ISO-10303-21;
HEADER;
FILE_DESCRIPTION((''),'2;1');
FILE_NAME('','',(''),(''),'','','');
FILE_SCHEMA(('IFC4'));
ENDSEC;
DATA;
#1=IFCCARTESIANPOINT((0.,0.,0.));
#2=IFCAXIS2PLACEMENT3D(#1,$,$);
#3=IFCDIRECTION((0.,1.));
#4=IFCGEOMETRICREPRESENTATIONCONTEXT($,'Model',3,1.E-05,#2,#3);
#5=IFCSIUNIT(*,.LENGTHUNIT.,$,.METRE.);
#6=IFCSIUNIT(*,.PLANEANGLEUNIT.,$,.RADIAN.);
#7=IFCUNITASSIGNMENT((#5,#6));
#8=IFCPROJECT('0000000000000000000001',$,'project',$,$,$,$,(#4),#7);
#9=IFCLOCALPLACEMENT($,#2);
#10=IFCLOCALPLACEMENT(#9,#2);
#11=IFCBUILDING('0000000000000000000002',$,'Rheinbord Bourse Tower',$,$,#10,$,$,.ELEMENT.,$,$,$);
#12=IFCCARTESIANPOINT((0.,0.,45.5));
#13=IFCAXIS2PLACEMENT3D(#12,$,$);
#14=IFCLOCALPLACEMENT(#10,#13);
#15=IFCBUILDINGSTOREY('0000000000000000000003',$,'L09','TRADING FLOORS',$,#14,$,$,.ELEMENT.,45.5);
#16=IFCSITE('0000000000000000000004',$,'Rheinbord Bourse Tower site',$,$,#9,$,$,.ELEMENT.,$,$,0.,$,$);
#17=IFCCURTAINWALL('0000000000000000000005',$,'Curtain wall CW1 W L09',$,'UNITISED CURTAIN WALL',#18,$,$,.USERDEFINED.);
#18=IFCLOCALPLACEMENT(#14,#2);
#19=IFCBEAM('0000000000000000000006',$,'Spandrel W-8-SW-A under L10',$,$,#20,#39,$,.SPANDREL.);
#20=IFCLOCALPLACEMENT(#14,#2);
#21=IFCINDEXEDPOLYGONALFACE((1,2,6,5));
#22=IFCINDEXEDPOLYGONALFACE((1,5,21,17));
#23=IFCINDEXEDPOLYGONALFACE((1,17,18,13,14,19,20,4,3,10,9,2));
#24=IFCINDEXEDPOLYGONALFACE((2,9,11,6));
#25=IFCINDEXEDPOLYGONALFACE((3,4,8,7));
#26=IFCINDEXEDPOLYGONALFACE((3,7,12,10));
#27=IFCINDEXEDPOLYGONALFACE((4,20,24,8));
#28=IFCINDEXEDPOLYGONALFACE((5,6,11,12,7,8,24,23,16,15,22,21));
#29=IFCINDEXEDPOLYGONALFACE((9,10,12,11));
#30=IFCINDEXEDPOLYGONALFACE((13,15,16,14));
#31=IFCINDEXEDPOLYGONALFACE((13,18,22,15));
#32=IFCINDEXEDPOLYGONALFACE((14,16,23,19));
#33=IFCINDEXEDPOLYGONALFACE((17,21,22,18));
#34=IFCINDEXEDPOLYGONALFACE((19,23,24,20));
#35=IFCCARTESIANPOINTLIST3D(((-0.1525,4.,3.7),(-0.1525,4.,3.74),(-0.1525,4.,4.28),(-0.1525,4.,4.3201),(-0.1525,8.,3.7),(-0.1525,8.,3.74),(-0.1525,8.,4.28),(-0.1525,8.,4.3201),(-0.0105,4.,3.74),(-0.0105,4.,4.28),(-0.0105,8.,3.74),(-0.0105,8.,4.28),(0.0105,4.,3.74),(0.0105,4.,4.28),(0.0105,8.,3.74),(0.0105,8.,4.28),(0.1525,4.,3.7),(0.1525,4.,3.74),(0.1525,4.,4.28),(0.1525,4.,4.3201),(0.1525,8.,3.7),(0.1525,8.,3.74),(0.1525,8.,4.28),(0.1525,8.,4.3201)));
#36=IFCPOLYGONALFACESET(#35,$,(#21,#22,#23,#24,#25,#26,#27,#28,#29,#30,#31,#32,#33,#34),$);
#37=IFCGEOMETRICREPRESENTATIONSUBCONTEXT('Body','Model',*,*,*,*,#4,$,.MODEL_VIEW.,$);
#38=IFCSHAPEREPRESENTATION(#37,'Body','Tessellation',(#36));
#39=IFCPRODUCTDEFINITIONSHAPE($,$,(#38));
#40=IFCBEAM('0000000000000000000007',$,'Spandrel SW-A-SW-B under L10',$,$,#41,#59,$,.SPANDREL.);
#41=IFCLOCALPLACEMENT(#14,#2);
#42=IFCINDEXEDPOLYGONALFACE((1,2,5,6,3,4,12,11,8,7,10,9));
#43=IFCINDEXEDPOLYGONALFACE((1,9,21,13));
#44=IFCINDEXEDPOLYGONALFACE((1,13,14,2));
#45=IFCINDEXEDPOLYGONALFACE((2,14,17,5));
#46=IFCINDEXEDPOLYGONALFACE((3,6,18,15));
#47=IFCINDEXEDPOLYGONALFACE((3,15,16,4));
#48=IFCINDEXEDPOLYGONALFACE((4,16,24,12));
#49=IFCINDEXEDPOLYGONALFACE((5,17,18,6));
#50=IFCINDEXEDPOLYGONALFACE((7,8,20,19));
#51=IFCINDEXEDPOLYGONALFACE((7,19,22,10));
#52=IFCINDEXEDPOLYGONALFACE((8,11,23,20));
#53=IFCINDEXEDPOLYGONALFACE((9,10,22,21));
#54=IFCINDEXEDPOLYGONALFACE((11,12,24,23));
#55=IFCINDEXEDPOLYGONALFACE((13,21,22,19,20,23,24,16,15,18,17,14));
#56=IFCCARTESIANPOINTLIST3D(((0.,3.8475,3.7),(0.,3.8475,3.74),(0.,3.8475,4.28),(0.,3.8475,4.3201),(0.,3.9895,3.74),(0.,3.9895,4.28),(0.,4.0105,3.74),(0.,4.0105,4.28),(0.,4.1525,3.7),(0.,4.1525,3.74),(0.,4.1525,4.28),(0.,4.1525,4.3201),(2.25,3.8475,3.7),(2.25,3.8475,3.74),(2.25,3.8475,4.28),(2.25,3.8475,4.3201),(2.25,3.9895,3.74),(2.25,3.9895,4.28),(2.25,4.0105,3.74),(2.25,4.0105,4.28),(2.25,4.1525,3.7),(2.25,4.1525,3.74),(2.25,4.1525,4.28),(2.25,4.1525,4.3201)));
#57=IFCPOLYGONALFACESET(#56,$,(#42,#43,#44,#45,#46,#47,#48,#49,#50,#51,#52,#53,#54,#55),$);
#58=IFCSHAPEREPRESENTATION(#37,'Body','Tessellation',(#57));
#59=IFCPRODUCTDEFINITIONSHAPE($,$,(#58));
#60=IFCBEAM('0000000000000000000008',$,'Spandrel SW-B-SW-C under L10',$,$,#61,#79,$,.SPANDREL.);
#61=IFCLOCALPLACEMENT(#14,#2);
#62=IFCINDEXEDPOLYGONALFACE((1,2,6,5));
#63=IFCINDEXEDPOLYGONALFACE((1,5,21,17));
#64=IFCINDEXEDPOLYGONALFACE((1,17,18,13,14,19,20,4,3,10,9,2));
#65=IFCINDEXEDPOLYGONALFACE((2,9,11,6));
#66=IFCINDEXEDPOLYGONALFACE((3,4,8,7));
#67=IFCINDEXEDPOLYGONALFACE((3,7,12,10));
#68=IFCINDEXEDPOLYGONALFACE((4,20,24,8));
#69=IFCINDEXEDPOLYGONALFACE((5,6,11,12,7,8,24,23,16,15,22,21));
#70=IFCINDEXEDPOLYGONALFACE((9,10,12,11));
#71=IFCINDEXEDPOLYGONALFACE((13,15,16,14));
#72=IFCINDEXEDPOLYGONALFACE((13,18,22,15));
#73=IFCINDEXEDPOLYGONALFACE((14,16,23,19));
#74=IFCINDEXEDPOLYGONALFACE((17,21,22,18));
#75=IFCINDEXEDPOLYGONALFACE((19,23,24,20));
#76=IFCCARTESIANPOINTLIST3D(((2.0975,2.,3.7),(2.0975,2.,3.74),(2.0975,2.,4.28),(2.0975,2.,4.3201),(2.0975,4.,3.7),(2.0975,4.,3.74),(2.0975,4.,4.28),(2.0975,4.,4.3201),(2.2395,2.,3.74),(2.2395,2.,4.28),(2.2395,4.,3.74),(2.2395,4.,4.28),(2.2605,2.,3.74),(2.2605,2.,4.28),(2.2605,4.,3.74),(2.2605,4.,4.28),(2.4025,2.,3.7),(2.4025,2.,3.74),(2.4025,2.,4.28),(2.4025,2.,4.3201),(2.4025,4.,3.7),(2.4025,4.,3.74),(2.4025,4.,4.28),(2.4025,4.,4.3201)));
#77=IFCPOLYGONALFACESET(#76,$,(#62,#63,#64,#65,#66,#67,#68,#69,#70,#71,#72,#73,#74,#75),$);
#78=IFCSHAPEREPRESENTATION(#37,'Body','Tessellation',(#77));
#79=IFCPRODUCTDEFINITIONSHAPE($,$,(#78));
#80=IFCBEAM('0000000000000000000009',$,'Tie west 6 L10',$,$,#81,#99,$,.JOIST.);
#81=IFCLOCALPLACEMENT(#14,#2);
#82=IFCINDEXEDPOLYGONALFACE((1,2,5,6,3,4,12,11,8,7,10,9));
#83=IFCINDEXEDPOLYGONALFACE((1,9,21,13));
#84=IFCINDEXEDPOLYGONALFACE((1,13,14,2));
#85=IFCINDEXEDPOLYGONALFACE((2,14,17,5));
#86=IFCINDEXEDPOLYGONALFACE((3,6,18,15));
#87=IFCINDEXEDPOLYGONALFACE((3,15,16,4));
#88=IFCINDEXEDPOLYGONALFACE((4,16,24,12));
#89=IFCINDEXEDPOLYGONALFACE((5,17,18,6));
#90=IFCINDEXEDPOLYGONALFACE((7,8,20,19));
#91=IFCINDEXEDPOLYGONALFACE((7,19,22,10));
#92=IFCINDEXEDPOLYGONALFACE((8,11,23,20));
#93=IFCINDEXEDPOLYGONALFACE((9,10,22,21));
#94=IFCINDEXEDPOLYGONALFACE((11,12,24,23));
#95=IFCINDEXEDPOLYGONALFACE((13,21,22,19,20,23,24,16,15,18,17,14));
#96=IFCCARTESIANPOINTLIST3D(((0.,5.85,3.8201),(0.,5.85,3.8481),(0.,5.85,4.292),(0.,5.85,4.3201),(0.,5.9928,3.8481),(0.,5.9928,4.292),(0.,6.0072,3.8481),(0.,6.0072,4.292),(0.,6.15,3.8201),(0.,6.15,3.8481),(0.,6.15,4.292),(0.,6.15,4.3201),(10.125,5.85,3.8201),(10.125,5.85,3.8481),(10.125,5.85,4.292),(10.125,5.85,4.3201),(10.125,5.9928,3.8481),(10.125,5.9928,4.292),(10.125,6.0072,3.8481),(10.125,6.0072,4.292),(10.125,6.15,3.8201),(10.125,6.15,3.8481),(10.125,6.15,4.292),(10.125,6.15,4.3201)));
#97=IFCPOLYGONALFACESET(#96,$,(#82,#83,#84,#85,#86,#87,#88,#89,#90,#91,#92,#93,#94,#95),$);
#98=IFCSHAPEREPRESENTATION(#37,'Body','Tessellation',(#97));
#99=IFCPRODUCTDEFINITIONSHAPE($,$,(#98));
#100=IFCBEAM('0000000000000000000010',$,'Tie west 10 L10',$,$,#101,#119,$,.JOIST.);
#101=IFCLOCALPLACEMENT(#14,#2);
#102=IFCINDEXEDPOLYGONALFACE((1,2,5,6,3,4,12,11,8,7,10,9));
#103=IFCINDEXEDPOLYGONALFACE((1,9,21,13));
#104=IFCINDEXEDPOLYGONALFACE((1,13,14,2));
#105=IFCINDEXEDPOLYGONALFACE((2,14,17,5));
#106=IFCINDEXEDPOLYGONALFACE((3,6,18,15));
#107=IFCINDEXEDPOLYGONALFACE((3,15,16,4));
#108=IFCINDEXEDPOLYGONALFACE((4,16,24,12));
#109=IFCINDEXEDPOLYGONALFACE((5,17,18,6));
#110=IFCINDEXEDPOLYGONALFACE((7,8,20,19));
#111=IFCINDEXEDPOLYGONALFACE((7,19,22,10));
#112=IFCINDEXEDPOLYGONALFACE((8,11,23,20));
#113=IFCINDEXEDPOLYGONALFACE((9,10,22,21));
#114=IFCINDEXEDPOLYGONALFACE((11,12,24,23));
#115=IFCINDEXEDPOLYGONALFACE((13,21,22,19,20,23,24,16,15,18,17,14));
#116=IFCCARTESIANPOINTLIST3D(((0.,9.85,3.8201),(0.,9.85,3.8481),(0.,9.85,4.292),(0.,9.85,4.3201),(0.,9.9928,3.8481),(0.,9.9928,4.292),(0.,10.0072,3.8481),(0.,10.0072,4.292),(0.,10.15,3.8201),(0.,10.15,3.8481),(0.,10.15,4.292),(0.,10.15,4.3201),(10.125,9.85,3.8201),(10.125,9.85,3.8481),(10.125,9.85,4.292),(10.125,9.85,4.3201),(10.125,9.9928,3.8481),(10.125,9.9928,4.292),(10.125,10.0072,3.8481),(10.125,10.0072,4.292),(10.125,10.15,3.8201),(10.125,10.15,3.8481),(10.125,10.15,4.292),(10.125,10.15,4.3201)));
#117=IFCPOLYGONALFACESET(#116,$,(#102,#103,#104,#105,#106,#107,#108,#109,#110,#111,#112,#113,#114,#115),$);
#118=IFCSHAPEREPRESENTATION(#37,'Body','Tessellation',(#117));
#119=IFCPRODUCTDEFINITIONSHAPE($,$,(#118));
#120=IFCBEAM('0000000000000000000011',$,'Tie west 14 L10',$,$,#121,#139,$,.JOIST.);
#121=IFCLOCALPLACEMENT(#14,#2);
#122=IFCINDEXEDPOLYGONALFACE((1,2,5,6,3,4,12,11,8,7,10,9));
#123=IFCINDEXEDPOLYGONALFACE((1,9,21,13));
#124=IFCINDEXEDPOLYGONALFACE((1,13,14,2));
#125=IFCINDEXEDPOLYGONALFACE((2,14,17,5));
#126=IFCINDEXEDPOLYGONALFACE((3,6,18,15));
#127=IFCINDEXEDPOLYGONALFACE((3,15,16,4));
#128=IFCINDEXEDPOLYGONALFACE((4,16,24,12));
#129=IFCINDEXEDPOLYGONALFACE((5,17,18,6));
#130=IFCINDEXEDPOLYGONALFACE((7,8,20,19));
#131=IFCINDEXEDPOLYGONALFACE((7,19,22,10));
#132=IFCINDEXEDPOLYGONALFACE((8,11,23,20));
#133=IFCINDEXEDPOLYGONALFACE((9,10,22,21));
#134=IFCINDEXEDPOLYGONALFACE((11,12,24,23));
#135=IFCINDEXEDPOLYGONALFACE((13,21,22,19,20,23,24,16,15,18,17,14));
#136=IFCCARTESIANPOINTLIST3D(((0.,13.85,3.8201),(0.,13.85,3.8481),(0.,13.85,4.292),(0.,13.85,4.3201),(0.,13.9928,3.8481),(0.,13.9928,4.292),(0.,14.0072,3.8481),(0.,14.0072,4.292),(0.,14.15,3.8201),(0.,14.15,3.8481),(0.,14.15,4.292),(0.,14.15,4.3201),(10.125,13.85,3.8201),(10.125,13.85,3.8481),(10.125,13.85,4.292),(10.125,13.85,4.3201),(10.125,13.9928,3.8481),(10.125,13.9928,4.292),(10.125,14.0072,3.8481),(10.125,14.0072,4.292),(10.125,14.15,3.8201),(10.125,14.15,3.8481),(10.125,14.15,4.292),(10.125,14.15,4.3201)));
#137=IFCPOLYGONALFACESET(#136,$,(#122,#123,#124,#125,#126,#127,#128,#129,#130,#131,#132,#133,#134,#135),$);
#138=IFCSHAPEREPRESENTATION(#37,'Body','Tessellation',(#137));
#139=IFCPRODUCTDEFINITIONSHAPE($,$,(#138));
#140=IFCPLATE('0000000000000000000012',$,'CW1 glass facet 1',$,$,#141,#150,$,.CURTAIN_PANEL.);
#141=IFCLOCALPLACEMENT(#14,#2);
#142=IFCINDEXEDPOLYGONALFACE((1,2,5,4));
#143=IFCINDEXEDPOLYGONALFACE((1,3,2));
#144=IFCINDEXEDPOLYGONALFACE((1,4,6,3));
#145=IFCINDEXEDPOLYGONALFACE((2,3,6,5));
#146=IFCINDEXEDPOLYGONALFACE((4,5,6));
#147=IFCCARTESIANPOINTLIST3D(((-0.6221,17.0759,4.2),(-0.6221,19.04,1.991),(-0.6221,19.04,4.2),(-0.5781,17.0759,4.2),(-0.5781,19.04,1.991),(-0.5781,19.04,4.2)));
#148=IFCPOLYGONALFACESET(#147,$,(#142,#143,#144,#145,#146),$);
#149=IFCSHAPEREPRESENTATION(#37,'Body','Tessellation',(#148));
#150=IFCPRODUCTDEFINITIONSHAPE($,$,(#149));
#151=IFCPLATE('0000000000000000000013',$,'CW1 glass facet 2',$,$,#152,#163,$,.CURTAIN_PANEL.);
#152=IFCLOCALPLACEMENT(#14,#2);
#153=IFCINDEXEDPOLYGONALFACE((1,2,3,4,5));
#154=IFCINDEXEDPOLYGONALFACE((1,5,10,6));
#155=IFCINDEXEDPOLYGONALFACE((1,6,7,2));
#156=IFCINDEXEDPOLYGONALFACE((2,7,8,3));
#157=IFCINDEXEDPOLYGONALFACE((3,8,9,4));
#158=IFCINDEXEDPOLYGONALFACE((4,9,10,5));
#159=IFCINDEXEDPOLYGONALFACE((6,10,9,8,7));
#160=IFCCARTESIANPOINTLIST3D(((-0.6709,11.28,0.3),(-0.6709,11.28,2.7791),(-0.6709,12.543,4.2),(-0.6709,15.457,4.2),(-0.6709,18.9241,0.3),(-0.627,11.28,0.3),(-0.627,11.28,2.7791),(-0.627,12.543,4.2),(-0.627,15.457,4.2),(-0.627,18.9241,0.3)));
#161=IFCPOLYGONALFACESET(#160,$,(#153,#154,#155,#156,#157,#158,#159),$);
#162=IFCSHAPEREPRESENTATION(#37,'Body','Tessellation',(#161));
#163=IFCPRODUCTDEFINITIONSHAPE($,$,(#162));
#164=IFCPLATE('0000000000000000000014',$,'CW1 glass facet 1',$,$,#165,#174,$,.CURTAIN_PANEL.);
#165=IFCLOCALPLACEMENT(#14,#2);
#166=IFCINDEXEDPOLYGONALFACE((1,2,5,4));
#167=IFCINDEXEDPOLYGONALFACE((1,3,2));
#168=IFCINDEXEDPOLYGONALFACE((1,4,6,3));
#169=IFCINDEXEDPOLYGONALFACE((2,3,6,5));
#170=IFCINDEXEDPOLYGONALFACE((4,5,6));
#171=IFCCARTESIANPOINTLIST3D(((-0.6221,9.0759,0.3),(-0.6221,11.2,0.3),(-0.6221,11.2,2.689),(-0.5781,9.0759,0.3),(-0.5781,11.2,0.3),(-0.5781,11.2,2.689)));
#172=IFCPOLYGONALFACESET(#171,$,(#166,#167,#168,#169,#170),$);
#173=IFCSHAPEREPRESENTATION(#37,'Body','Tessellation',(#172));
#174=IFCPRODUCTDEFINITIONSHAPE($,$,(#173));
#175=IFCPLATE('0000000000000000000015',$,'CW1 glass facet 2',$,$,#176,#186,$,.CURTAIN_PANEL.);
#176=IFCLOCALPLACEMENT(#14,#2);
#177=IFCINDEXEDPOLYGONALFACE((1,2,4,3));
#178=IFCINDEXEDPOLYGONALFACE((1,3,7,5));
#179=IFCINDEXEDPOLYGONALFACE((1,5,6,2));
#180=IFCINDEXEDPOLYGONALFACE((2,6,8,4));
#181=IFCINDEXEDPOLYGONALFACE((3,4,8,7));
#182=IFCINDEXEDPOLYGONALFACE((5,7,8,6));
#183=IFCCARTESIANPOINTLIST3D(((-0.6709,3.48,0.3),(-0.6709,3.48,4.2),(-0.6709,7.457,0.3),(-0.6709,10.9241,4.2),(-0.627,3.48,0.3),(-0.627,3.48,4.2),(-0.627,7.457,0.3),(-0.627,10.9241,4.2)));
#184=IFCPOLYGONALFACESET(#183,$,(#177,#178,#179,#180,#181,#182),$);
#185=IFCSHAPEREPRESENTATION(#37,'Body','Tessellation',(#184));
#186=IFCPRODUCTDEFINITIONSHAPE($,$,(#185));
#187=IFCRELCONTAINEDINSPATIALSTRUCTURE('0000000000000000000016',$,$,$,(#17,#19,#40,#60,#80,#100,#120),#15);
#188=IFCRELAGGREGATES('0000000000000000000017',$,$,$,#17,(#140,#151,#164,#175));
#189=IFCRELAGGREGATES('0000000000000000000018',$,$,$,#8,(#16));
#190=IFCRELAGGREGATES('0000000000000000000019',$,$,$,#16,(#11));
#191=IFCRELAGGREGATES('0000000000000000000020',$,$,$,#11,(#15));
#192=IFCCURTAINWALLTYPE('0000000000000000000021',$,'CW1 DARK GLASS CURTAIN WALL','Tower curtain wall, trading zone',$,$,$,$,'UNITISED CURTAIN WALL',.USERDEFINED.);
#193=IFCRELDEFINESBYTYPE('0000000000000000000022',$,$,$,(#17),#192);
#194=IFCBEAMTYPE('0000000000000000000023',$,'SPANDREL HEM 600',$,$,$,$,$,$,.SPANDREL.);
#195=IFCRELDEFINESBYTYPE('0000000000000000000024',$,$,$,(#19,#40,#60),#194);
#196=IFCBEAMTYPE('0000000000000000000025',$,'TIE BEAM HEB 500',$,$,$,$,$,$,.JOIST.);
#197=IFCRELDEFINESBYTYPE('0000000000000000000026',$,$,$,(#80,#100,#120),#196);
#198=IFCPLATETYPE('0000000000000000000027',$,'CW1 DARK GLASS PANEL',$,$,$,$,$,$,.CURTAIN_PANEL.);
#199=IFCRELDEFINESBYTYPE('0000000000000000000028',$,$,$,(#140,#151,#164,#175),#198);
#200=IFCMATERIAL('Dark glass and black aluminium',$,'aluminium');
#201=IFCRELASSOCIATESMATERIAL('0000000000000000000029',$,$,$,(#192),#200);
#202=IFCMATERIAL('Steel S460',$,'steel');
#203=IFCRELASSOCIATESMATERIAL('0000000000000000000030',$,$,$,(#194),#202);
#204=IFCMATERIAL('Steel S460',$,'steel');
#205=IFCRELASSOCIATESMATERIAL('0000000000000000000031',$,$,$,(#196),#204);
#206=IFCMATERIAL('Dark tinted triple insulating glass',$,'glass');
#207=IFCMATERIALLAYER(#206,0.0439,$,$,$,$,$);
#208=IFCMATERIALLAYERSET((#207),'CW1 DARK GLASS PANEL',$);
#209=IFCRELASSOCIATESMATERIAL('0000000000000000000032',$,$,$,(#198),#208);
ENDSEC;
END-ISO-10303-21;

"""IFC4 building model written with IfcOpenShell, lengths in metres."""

from ifc_helpers import new_model, si_unit, direction, frame, origin, origin_2d, place, context, subcontext, project, spatial, polyline, i_section, outline, extrude, material, layer, layer_set, material_profile, profile_set, type_object, element, aggregate, save


model = new_model("IFC4")

# Units and contexts
model_context = context("Model", 3, precision=1e-05, world=origin(), true_north=direction((0.0, 1.0)))
body_context = subcontext(model_context, "Body", "Model", "MODEL_VIEW")
ifc_project = project(units=[si_unit("LENGTHUNIT", "METRE"), si_unit("PLANEANGLEUNIT", "RADIAN")], contexts=[model_context])

# Site, building, storey
site_placement = place(None, origin())
site = spatial("IfcSite", under=ifc_project, at=site_placement, Name="Rheinbord Bourse Tower site", CompositionType="ELEMENT", RefElevation=0.0)
building_placement = place(site_placement, origin())
building = spatial("IfcBuilding", under=site, at=building_placement, Name="Rheinbord Bourse Tower", CompositionType="ELEMENT")
storey_placement = place(building_placement, frame((0.0, 0.0, 45.5)))
storey = spatial("IfcBuildingStorey", under=building, at=storey_placement, Name="L09", Description="TRADING FLOORS", CompositionType="ELEMENT", Elevation=45.5)

# Curtain wall
ifc_material_1 = material(Name="Dark glass and black aluminium", Category="aluminium")
curtain_wall_type = type_object("IfcCurtainWallType", Name="CW1 DARK GLASS CURTAIN WALL", Description="Tower curtain wall, trading zone", ElementType="UNITISED CURTAIN WALL", PredefinedType="USERDEFINED", material=ifc_material_1)
curtain_wall_placement = place(storey_placement, origin())
curtain_wall = element("IfcCurtainWall", 1, at=curtain_wall_placement, inside=storey, type_object=curtain_wall_type, Name="Curtain wall CW1 W L09", ObjectType="UNITISED CURTAIN WALL", PredefinedType="USERDEFINED")

# Beams
ifc_material_2 = material(Name="Steel S460", Category="steel")
ifc_material_profile_1 = material_profile(ifc_material_2, i_section(OverallWidth=0.3049, OverallDepth=0.6201, WebThickness=0.021, FlangeThickness=0.04, at=origin_2d()), Name="HEM 600")
ifc_profile_set_1 = profile_set([ifc_material_profile_1], Name="Steel S460")
beam_type_1 = type_object("IfcBeamType", Name="SPANDREL HEM 600", PredefinedType="SPANDREL", material=ifc_profile_set_1)
for number, where, z_axis, x_axis, name in (
    (2, (0.0, 8.0, 4.01), (0.0, -1.0, 0.0), (1.0, 0.0, 0.0), "Spandrel W-8-SW-A under L10"),
):
    element("IfcBeam", number, at=place(storey_placement, frame(where, z_axis=z_axis, x_axis=x_axis)), inside=storey, type_object=beam_type_1, Name=name, PredefinedType="SPANDREL", context=body_context, shape_type="SweptSolid", body=[
        extrude(i_section(OverallWidth=0.3049, OverallDepth=0.6201, WebThickness=0.021, FlangeThickness=0.04, at=origin_2d()), origin(), (0.0, 0.0, 1.0), 4.0),
    ])
beam_1_placement = place(storey_placement, frame((0.0, 4.0, 4.01), z_axis=(1.0, 0.0, 0.0), x_axis=(0.0, 1.0, 0.0)))
element("IfcBeam", 3, at=beam_1_placement, inside=storey, type_object=beam_type_1, Name="Spandrel SW-A-SW-B under L10", PredefinedType="SPANDREL", context=body_context, shape_type="SweptSolid", body=[
    extrude(i_section(OverallWidth=0.3049, OverallDepth=0.6201, WebThickness=0.021, FlangeThickness=0.04, at=origin_2d()), origin(), (0.0, 0.0, 1.0), 2.25),
])
beam_2_placement = place(storey_placement, frame((2.25, 4.0, 4.01), z_axis=(0.0, -1.0, 0.0), x_axis=(1.0, 0.0, 0.0)))
element("IfcBeam", 4, at=beam_2_placement, inside=storey, type_object=beam_type_1, Name="Spandrel SW-B-SW-C under L10", PredefinedType="SPANDREL", context=body_context, shape_type="SweptSolid", body=[
    extrude(i_section(OverallWidth=0.3049, OverallDepth=0.6201, WebThickness=0.021, FlangeThickness=0.04, at=origin_2d()), origin(), (0.0, 0.0, 1.0), 2.0),
])
ifc_material_3 = material(Name="Steel S460", Category="steel")
ifc_material_profile_2 = material_profile(ifc_material_3, i_section(OverallWidth=0.3, OverallDepth=0.5, WebThickness=0.0144, FlangeThickness=0.0281, at=origin_2d()), Name="HEB 500")
ifc_profile_set_2 = profile_set([ifc_material_profile_2], Name="Steel S460")
beam_type_2 = type_object("IfcBeamType", Name="TIE BEAM HEB 500", PredefinedType="JOIST", material=ifc_profile_set_2)
for number, where, z_axis, x_axis, name in (
    (5, (0.0, 6.0, 4.0701), (1.0, 0.0, 0.0), (0.0, 1.0, 0.0), "Tie west 6 L10"),
    (6, (0.0, 10.0, 4.0701), (1.0, 0.0, 0.0), (0.0, 1.0, 0.0), "Tie west 10 L10"),
    (7, (0.0, 14.0, 4.0701), (1.0, 0.0, 0.0), (0.0, 1.0, 0.0), "Tie west 14 L10"),
):
    element("IfcBeam", number, at=place(storey_placement, frame(where, z_axis=z_axis, x_axis=x_axis)), inside=storey, type_object=beam_type_2, Name=name, PredefinedType="JOIST", context=body_context, shape_type="SweptSolid", body=[
        extrude(i_section(OverallWidth=0.3, OverallDepth=0.5, WebThickness=0.0144, FlangeThickness=0.0281, at=origin_2d()), origin(), (0.0, 0.0, 1.0), 10.125),
    ])

# Plates
ifc_material_4 = material(Name="Dark tinted triple insulating glass", Category="glass")
ifc_layer_1 = layer(ifc_material_4, 0.0439)
ifc_layer_set_1 = layer_set([ifc_layer_1], Name="CW1 DARK GLASS PANEL")
plate_type = type_object("IfcPlateType", Name="CW1 DARK GLASS PANEL", PredefinedType="CURTAIN_PANEL", material=ifc_layer_set_1)
plate_1_placement = place(storey_placement, frame((-0.6221, 19.04, 4.2), z_axis=(1.0, 0.0, 0.0), x_axis=(0.0, -1.0, 0.0)))
plate_1 = element("IfcPlate", 8, at=plate_1_placement, type_object=plate_type, Name="CW1 glass facet 1", PredefinedType="CURTAIN_PANEL", context=body_context, shape_type="SweptSolid", body=[
    extrude(outline(polyline([(0.0, 0.0), (1.9641, 0.0), (0.0, 2.209), (0.0, 0.0)])), origin(), (0.0, 0.0, 1.0), 0.0439),
])
plate_2_placement = place(storey_placement, frame((-0.6709, 11.28, 0.3), z_axis=(1.0, 0.0, 0.0), x_axis=(0.0, 1.0, 0.0)))
plate_2 = element("IfcPlate", 9, at=plate_2_placement, type_object=plate_type, Name="CW1 glass facet 2", PredefinedType="CURTAIN_PANEL", context=body_context, shape_type="SweptSolid", body=[
    extrude(outline(polyline([(0.0, 0.0), (7.644, 0.0), (4.177, 3.8999), (1.2629, 3.8999), (0.0, 2.479), (0.0, 0.0)])), origin(), (0.0, 0.0, 1.0), 0.0439),
])
plate_3_placement = place(storey_placement, frame((-0.6221, 11.2, 0.3), z_axis=(1.0, 0.0, 0.0), x_axis=(0.0, 0.0, 1.0)))
plate_3 = element("IfcPlate", 10, at=plate_3_placement, type_object=plate_type, Name="CW1 glass facet 1", PredefinedType="CURTAIN_PANEL", context=body_context, shape_type="SweptSolid", body=[
    extrude(outline(polyline([(0.0, 0.0), (2.3889, 0.0), (0.0, 2.124), (0.0, 0.0)])), origin(), (0.0, 0.0, 1.0), 0.0439),
])
plate_4_placement = place(storey_placement, frame((-0.6709, 3.48, 4.2), z_axis=(1.0, 0.0, 0.0), x_axis=(0.0, 0.0, -1.0)))
plate_4 = element("IfcPlate", 11, at=plate_4_placement, type_object=plate_type, Name="CW1 glass facet 2", PredefinedType="CURTAIN_PANEL", context=body_context, shape_type="SweptSolid", body=[
    extrude(outline(polyline([(0.0, 0.0), (3.8999, 0.0), (3.8999, 3.9771), (0.0, 7.4441), (0.0, 0.0)])), origin(), (0.0, 0.0, 1.0), 0.0439),
])
aggregate(curtain_wall, [plate_1, plate_2, plate_3, plate_4])

save(model, "model.ifc")
